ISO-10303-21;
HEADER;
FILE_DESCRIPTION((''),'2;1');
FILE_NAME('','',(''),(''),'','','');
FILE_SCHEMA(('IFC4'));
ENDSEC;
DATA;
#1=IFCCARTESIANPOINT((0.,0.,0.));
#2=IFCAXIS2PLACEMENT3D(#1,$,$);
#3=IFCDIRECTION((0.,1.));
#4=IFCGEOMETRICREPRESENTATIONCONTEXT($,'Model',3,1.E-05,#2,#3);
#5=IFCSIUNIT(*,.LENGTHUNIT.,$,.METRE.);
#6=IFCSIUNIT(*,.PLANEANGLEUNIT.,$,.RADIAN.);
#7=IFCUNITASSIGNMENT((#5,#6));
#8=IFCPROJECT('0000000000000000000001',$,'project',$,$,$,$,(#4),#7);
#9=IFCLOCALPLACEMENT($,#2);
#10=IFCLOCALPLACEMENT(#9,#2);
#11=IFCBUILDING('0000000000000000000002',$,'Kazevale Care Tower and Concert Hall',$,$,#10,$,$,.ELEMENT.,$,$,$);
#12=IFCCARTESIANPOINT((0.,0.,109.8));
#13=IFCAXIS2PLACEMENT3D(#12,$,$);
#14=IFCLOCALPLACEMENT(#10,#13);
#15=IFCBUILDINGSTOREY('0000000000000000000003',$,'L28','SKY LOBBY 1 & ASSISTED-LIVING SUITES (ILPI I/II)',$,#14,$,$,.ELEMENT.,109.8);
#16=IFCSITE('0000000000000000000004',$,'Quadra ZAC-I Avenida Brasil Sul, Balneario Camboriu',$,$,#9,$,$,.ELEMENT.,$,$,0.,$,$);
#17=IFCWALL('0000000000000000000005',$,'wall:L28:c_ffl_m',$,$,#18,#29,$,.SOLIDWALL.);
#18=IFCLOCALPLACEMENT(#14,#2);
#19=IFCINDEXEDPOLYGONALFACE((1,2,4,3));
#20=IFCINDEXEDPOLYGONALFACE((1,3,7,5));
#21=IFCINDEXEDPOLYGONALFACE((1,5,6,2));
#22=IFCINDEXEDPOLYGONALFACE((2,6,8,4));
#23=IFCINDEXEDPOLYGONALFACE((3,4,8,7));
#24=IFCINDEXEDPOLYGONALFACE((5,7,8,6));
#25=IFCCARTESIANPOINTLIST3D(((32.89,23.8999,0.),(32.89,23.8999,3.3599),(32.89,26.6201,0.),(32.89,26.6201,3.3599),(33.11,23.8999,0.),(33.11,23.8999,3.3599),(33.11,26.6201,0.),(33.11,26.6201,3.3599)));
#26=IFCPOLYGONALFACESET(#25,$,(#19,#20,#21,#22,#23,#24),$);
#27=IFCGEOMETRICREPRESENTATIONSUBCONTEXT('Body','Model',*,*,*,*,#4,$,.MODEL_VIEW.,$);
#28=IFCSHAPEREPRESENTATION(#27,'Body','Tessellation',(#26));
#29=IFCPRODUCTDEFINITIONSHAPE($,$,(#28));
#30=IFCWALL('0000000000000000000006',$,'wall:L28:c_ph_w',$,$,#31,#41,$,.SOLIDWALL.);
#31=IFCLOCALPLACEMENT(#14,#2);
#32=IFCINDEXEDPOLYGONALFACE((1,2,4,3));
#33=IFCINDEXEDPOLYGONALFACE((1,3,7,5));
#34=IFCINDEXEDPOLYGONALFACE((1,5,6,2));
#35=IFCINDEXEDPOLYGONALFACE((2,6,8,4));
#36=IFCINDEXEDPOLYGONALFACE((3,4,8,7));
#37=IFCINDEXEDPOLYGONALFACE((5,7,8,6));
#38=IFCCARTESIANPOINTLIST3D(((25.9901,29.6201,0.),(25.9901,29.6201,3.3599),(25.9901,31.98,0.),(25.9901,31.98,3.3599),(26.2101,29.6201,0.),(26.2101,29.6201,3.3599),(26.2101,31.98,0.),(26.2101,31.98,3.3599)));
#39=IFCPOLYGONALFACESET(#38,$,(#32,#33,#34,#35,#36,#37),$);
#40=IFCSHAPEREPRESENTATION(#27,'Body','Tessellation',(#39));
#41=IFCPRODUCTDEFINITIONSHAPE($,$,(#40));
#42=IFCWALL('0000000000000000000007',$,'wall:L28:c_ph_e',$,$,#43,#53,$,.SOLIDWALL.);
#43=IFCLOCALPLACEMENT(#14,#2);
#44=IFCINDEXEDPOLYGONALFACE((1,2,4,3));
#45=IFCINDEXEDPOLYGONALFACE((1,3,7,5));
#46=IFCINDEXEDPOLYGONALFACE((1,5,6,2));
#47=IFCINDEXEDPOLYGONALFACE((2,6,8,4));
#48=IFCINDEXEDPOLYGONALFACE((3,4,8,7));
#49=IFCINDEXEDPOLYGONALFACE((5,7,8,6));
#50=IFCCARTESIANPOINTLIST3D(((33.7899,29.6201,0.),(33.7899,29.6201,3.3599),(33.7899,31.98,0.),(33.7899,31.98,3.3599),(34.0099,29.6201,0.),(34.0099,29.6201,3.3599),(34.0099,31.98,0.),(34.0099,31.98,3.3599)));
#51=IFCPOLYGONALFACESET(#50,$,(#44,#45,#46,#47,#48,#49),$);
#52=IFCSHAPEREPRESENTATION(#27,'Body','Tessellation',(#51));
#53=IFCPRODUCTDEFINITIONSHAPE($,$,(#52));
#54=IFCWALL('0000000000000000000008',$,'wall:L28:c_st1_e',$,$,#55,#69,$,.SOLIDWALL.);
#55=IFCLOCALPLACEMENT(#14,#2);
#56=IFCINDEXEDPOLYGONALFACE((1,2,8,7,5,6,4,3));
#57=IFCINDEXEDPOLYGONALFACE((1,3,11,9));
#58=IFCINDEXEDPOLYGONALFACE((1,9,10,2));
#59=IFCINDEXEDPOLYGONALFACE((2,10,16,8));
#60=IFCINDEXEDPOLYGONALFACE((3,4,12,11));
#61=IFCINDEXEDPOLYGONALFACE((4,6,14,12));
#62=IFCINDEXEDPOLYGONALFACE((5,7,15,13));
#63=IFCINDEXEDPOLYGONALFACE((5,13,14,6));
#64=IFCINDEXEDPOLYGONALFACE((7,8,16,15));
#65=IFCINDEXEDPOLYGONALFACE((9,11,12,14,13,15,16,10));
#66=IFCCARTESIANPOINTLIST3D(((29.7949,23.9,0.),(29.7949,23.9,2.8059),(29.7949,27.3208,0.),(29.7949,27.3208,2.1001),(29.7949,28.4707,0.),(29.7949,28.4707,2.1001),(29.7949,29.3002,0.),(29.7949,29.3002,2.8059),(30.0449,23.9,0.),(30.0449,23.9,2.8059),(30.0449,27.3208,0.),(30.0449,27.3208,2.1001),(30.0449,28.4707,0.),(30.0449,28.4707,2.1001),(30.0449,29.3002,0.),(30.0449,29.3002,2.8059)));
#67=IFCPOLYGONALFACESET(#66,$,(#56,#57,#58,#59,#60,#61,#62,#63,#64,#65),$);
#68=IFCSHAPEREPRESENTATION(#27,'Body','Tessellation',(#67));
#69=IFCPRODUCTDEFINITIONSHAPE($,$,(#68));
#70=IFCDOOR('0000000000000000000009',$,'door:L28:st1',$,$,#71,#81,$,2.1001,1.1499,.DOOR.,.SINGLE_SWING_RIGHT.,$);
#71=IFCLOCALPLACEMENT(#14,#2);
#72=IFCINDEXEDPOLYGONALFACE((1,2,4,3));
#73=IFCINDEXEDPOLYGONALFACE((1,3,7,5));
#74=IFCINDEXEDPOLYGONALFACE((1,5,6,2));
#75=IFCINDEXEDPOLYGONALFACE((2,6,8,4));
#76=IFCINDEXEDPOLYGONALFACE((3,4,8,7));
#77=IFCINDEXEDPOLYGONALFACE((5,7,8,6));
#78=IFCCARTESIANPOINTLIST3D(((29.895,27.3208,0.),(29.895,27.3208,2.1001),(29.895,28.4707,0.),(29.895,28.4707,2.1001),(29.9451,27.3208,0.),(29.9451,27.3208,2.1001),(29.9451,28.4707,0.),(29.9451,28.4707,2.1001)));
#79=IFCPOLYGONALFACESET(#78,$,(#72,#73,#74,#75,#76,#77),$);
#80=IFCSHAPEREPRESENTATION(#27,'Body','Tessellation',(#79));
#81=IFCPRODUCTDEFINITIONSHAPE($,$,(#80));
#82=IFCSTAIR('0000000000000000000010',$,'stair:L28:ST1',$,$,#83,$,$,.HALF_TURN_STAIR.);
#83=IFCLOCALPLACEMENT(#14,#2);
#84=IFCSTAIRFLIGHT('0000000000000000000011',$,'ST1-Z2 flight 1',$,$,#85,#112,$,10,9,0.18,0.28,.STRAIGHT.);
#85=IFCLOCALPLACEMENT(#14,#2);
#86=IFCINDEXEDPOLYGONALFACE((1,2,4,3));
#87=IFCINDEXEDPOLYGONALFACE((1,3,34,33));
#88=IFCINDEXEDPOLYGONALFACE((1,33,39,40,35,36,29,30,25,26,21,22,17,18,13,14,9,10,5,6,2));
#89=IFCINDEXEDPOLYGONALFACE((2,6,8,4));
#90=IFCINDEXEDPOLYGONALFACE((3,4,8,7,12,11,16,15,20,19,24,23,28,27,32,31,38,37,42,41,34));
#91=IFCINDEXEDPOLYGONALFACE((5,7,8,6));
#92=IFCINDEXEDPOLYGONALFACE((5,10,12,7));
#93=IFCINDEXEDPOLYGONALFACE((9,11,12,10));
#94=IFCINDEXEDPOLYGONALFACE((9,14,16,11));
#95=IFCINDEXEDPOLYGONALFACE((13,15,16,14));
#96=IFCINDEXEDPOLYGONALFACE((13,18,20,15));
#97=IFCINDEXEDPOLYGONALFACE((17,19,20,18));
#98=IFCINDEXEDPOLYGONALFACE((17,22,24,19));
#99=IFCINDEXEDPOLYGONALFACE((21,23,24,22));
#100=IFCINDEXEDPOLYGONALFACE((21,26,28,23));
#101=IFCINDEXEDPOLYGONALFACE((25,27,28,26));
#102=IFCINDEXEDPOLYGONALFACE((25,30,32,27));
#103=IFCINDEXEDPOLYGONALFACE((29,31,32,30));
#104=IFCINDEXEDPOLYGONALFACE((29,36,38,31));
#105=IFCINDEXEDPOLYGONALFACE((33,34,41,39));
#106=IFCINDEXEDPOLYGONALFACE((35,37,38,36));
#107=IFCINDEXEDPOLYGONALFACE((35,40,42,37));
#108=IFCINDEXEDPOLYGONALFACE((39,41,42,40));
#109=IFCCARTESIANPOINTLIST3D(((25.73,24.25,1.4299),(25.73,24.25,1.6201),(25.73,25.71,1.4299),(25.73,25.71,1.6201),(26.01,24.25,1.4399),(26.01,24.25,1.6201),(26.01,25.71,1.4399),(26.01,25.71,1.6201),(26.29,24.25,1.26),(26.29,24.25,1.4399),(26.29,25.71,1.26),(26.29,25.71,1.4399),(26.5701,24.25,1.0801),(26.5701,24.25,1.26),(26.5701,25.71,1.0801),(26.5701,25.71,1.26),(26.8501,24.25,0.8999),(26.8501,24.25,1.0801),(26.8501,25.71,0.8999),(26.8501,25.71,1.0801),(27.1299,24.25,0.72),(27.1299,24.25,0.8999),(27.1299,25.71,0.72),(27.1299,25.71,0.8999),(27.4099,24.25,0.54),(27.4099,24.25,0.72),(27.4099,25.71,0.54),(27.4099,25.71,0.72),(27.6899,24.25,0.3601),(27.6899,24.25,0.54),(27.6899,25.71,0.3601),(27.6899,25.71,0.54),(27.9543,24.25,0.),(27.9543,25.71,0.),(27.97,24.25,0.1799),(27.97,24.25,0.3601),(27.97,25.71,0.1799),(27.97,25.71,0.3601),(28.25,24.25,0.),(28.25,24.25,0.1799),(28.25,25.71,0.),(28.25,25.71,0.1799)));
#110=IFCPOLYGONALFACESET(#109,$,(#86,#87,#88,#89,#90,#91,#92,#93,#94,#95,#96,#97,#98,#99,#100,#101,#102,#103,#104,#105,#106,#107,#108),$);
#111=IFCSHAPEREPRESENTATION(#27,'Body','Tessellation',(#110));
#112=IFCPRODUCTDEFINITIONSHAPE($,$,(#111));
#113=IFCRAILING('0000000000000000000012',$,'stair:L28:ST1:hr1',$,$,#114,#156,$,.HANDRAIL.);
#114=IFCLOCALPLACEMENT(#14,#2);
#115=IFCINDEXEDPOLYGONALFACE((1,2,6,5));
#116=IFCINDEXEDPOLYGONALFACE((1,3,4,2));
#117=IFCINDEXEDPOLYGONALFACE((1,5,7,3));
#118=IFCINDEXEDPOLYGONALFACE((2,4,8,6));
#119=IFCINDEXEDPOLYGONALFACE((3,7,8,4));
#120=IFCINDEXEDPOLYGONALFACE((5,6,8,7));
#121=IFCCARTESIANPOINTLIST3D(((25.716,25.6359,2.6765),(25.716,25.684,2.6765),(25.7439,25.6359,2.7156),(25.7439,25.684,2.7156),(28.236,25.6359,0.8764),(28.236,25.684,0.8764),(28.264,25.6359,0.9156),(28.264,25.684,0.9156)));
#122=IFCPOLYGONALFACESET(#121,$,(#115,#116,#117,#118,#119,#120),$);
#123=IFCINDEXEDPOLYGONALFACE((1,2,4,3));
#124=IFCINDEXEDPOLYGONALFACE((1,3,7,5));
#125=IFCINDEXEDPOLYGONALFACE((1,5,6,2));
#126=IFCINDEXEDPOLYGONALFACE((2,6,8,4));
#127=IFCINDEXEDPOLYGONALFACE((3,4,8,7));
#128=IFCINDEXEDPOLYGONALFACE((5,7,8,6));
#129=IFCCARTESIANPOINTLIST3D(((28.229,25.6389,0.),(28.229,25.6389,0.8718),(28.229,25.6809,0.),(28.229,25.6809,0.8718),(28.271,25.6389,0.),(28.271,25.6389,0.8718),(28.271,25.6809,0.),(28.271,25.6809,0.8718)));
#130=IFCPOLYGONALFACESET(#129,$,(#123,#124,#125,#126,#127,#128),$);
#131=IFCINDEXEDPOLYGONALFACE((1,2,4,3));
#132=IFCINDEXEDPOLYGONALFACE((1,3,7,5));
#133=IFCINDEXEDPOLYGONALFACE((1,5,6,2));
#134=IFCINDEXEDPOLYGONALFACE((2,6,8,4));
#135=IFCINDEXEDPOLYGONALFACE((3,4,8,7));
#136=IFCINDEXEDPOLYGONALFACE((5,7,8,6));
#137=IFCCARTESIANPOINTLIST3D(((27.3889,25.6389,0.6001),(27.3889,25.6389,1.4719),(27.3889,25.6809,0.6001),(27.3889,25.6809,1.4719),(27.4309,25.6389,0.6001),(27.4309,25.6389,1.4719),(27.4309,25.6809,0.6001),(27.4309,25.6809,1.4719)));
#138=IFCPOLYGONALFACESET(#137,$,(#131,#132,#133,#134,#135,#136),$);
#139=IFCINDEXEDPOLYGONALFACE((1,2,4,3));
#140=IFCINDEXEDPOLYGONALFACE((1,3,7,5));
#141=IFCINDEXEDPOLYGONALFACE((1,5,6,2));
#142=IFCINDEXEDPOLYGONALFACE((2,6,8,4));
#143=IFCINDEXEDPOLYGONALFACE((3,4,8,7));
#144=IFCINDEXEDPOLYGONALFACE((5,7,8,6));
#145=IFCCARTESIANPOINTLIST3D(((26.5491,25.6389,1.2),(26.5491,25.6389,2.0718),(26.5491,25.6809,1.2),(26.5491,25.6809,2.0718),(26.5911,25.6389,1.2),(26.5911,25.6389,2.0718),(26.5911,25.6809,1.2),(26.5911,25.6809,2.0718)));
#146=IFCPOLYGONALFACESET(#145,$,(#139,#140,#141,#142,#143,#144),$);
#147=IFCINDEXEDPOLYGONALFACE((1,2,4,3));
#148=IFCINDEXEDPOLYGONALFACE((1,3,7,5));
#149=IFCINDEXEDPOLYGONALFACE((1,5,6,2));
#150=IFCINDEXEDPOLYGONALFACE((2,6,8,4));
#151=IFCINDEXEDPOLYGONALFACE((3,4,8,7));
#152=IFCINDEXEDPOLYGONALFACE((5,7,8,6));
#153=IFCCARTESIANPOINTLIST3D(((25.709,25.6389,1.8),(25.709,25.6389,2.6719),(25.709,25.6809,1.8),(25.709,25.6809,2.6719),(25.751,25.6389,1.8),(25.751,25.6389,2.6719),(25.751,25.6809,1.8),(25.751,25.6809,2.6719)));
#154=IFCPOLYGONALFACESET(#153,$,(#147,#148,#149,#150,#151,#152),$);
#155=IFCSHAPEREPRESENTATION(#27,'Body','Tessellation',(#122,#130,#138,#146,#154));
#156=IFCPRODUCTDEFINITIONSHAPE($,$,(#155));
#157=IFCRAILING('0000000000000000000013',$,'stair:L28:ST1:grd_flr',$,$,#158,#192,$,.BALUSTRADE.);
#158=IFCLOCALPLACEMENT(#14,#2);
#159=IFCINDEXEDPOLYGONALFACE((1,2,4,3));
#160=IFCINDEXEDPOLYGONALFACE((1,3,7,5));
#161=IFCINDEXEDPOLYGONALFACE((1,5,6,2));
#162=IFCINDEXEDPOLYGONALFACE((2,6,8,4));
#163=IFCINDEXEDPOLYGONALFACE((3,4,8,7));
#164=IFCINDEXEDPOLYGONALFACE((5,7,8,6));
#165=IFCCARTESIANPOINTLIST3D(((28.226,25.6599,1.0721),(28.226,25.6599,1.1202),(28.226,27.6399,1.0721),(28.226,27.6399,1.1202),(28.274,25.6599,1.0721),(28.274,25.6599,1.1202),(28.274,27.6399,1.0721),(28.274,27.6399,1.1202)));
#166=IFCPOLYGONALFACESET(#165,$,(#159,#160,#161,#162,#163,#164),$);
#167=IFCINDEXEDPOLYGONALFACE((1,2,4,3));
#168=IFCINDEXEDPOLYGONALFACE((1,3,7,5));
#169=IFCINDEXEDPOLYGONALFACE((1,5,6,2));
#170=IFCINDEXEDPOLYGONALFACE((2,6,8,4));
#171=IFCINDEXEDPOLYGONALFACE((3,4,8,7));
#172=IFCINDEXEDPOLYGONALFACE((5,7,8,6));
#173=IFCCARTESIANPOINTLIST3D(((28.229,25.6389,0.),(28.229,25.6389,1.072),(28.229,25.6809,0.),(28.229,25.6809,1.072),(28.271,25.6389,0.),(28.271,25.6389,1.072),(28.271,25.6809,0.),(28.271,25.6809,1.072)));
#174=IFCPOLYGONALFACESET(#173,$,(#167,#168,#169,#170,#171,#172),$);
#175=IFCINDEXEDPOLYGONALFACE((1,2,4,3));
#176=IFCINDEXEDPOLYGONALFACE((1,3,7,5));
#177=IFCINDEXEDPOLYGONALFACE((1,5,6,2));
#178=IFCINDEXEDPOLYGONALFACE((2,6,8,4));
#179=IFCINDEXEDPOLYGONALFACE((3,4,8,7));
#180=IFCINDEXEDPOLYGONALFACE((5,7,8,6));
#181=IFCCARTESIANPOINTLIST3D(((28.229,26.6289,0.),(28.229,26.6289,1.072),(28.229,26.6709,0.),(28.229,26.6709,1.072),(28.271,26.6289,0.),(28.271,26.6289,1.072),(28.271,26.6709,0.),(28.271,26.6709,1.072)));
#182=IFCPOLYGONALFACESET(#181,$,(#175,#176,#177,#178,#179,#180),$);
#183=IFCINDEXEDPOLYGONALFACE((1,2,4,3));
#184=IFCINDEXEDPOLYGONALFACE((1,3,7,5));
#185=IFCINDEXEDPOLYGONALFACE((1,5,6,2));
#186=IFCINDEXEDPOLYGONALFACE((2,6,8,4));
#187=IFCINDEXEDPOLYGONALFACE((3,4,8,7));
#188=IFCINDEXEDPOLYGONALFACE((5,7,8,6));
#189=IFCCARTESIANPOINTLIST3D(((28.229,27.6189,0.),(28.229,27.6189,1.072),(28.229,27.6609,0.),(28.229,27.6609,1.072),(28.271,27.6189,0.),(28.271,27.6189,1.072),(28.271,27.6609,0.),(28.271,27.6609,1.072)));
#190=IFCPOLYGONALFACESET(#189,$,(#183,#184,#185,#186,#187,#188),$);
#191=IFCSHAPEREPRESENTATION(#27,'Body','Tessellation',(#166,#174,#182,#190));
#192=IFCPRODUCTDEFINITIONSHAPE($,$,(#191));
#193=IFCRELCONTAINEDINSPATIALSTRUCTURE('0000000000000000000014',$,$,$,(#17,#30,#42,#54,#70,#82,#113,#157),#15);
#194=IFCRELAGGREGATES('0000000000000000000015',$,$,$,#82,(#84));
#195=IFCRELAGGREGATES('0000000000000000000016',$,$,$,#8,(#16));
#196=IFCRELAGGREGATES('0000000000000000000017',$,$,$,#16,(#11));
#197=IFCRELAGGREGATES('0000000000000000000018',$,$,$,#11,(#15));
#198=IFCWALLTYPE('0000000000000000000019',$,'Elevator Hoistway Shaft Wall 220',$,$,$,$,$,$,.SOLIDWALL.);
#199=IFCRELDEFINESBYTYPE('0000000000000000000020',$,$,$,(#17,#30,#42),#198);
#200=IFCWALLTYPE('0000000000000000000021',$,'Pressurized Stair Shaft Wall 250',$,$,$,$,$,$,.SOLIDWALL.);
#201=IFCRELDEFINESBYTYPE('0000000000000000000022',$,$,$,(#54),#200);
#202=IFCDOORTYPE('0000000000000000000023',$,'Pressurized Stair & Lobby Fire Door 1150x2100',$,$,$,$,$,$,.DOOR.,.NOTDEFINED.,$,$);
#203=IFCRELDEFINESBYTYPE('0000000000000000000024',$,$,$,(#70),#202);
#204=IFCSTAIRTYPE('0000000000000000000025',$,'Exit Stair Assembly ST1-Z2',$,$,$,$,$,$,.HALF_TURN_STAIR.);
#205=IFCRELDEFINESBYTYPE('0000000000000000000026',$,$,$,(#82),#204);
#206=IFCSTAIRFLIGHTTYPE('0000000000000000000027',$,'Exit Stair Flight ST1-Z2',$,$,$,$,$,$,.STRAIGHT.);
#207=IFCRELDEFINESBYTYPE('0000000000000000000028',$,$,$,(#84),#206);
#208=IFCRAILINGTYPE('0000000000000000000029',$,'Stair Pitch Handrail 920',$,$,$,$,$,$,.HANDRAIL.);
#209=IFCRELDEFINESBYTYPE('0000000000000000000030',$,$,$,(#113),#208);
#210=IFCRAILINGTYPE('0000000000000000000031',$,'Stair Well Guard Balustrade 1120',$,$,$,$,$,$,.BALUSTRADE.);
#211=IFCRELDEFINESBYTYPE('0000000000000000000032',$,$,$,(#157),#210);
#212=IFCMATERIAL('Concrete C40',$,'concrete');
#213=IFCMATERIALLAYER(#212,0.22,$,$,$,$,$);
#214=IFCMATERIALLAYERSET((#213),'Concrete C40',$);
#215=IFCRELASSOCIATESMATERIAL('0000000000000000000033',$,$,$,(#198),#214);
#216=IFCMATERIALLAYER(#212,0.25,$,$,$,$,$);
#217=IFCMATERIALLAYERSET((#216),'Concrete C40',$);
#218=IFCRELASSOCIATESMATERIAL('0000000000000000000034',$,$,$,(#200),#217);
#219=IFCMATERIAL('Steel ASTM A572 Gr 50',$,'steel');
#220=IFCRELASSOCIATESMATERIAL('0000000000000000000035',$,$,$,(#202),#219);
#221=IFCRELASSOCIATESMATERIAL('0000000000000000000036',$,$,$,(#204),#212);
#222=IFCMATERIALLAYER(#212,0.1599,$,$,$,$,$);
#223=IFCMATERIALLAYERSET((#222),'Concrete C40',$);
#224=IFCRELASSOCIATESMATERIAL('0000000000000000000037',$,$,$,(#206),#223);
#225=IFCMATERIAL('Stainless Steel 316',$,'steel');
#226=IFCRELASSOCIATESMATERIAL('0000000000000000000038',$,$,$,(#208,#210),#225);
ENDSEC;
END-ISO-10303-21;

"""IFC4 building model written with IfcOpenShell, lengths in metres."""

from ifc_helpers import new_model, si_unit, direction, frame, frame_2d, origin, origin_2d, place, context, subcontext, project, spatial, polyline, rectangle, outline, extrude, material, layer, layer_set, type_object, element, fill, aggregate, save


model = new_model("IFC4")

# Units and contexts
model_context = context("Model", 3, precision=1e-05, world=origin(), true_north=direction((0.0, 1.0)))
body_context = subcontext(model_context, "Body", "Model", "MODEL_VIEW")
ifc_project = project(units=[si_unit("LENGTHUNIT", "METRE"), si_unit("PLANEANGLEUNIT", "RADIAN")], contexts=[model_context])

# Site, building, storey
site_placement = place(None, origin())
site = spatial("IfcSite", under=ifc_project, at=site_placement, Name="Quadra ZAC-I Avenida Brasil Sul, Balneario Camboriu", CompositionType="ELEMENT", RefElevation=0.0)
building_placement = place(site_placement, origin())
building = spatial("IfcBuilding", under=site, at=building_placement, Name="Kazevale Care Tower and Concert Hall", CompositionType="ELEMENT")
storey_placement = place(building_placement, frame((0.0, 0.0, 109.8)))
storey = spatial("IfcBuildingStorey", under=building, at=storey_placement, Name="L28", Description="SKY LOBBY 1 & ASSISTED-LIVING SUITES (ILPI I/II)", CompositionType="ELEMENT", Elevation=109.8)

# Shared definitions
ifc_material_1 = material(Name="Steel ASTM A572 Gr 50", Category="steel")

# Shared definitions
ifc_material_2 = material(Name="Concrete C40", Category="concrete")
ifc_layer_1 = layer(ifc_material_2, 0.22)
ifc_layer_set_1 = layer_set([ifc_layer_1], Name="Concrete C40")
wall_type_1 = type_object("IfcWallType", Name="Elevator Hoistway Shaft Wall 220", PredefinedType="SOLIDWALL", material=ifc_layer_set_1)
ifc_material_3 = material(Name="Stainless Steel 316", Category="steel")

# Walls
wall_1_placement = place(storey_placement, frame((33.0, 23.8999, 0.0), z_axis=(0.0, 0.0, 1.0), x_axis=(0.0, 1.0, 0.0)))
element("IfcWall", 1, at=wall_1_placement, inside=storey, type_object=wall_type_1, Name="wall:L28:c_ffl_m", PredefinedType="SOLIDWALL", context=body_context, shape_type="SweptSolid", body=[
    extrude(rectangle(XDim=2.7202, YDim=0.22, at=frame_2d((1.3601, 0.0))), origin(), (0.0, 0.0, 1.0), 3.3599),
])
for number, where, z_axis, x_axis, name in (
    (2, (26.1001, 29.6201, 0.0), (0.0, 0.0, 1.0), (0.0, 1.0, 0.0), "wall:L28:c_ph_w"),
    (3, (33.8999, 29.6201, 0.0), (0.0, 0.0, 1.0), (0.0, 1.0, 0.0), "wall:L28:c_ph_e"),
):
    element("IfcWall", number, at=place(storey_placement, frame(where, z_axis=z_axis, x_axis=x_axis)), inside=storey, type_object=wall_type_1, Name=name, PredefinedType="SOLIDWALL", context=body_context, shape_type="SweptSolid", body=[
        extrude(rectangle(XDim=2.3599, YDim=0.22, at=frame_2d((1.1799, 0.0))), origin(), (0.0, 0.0, 1.0), 3.3599),
    ])

# Wall, opening, door
ifc_layer_2 = layer(ifc_material_2, 0.25)
ifc_layer_set_2 = layer_set([ifc_layer_2], Name="Concrete C40")
wall_type_2 = type_object("IfcWallType", Name="Pressurized Stair Shaft Wall 250", PredefinedType="SOLIDWALL", material=ifc_layer_set_2)
wall_2_placement = place(storey_placement, frame((29.9199, 23.8999, 0.0), z_axis=(0.0, 0.0, 1.0), x_axis=(0.0, 1.0, 0.0)))
wall_2 = element("IfcWall", 4, at=wall_2_placement, inside=storey, type_object=wall_type_2, Name="wall:L28:c_st1_e", PredefinedType="SOLIDWALL", context=body_context, shape_type="SweptSolid", body=[
    extrude(rectangle(XDim=5.4001, YDim=0.25, at=frame_2d((2.7002, 0.0))), origin(), (0.0, 0.0, 1.0), 2.8059),
])
opening_1_placement = place(wall_2_placement, frame((3.4209, 0.0, 0.0)))
opening_1 = element("IfcOpeningElement", 5, at=opening_1_placement, cuts=wall_2, PredefinedType="OPENING", context=body_context, shape_type="SweptSolid", body=[
    extrude(rectangle(XDim=1.1499, YDim=2.1001, at=frame_2d((0.575, 1.05))), frame((0.0, 0.135, 0.0), z_axis=(0.0, -1.0, 0.0), x_axis=(1.0, 0.0, 0.0)), (0.0, 0.0, 1.0), 0.27),
])
door_type_1 = type_object("IfcDoorType", Name="Pressurized Stair & Lobby Fire Door 1150x2100", OperationType="NOTDEFINED", PredefinedType="DOOR", material=ifc_material_1)
door_1_placement = place(opening_1_placement, origin())
door_1 = element("IfcDoor", 6, at=door_1_placement, inside=storey, type_object=door_type_1, Name="door:L28:st1", OperationType="SINGLE_SWING_RIGHT", OverallHeight=2.1001, OverallWidth=1.1499, PredefinedType="DOOR", context=body_context, shape_type="SweptSolid", body=[
    extrude(rectangle(XDim=1.1499, YDim=2.1001, at=frame_2d((0.575, 1.05))), frame((0.0, 0.0249, 0.0), z_axis=(0.0, -1.0, 0.0), x_axis=(1.0, 0.0, 0.0)), (0.0, 0.0, 1.0), 0.05),
])
fill(opening_1, door_1)

# Stair, stair flight
stair_type = type_object("IfcStairType", Name="Exit Stair Assembly ST1-Z2", PredefinedType="HALF_TURN_STAIR", material=ifc_material_2)
stair_placement = place(storey_placement, origin())
stair = element("IfcStair", 7, at=stair_placement, inside=storey, type_object=stair_type, Name="stair:L28:ST1", PredefinedType="HALF_TURN_STAIR")
ifc_layer_3 = layer(ifc_material_2, 0.1599)
ifc_layer_set_3 = layer_set([ifc_layer_3], Name="Concrete C40")
stair_flight_type = type_object("IfcStairFlightType", Name="Exit Stair Flight ST1-Z2", PredefinedType="STRAIGHT", material=ifc_layer_set_3)
stair_flight_placement = place(storey_placement, frame((28.25, 24.98, 0.0), z_axis=(0.0, 0.0, 1.0), x_axis=(-1.0, 0.0, 0.0)))
stair_flight = element("IfcStairFlight", 8, at=stair_flight_placement, type_object=stair_flight_type, Name="ST1-Z2 flight 1", NumberOfRisers=10, NumberOfTreads=9, PredefinedType="STRAIGHT", RiserHeight=0.18, TreadLength=0.28, context=body_context, shape_type="SweptSolid", body=[
    extrude(outline(polyline([(0.0, 0.0), (0.0, 0.1799), (0.28, 0.1799), (0.28, 0.3601), (0.5601, 0.3601), (0.5601, 0.54), (0.8401, 0.54), (0.8401, 0.72), (1.1201, 0.72), (1.1201, 0.8999), (1.3999, 0.8999), (1.3999, 1.0801), (1.6799, 1.0801), (1.6799, 1.26), (1.96, 1.26), (1.96, 1.4399), (2.24, 1.4399), (2.24, 1.6201), (2.52, 1.6201), (2.52, 1.8), (2.52, 1.4299), (0.2957, 0.0), (0.0, 0.0)])), frame((0.0, 0.73, 0.0), z_axis=(0.0, -1.0, 0.0), x_axis=(1.0, 0.0, 0.0)), (0.0, 0.0, 1.0), 1.46),
])
aggregate(stair, [stair_flight])

# Railings
railing_type_1 = type_object("IfcRailingType", Name="Stair Pitch Handrail 920", PredefinedType="HANDRAIL", material=ifc_material_3)
railing_1_placement = place(storey_placement, frame((28.25, 25.6599, 0.0)))
element("IfcRailing", 9, at=railing_1_placement, inside=storey, type_object=railing_type_1, Name="stair:L28:ST1:hr1", PredefinedType="HANDRAIL", context=body_context, shape_type="SweptSolid", body=[
    extrude(rectangle(XDim=0.0481, YDim=0.0481, at=origin_2d()), frame((0.0, 0.0, 0.896), z_axis=(-0.813728, 0.0, 0.581246), x_axis=(0.0, -1.0, 0.0)), (0.0, 0.0, 1.0), 3.0969),
    extrude(rectangle(XDim=0.042, YDim=0.042, at=origin_2d()), origin(), (0.0, 0.0, 1.0), 0.8718),
    extrude(rectangle(XDim=0.042, YDim=0.042, at=origin_2d()), frame((-0.8401, 0.0, 0.6001)), (0.0, 0.0, 1.0), 0.8718),
    extrude(rectangle(XDim=0.042, YDim=0.042, at=origin_2d()), frame((-1.6799, 0.0, 1.2)), (0.0, 0.0, 1.0), 0.8718),
    extrude(rectangle(XDim=0.042, YDim=0.042, at=origin_2d()), frame((-2.52, 0.0, 1.8)), (0.0, 0.0, 1.0), 0.8718),
])
railing_type_2 = type_object("IfcRailingType", Name="Stair Well Guard Balustrade 1120", PredefinedType="BALUSTRADE", material=ifc_material_3)
railing_2_placement = place(storey_placement, frame((28.25, 25.6599, 0.0)))
element("IfcRailing", 10, at=railing_2_placement, inside=storey, type_object=railing_type_2, Name="stair:L28:ST1:grd_flr", PredefinedType="BALUSTRADE", context=body_context, shape_type="SweptSolid", body=[
    extrude(rectangle(XDim=0.0481, YDim=0.0481, at=origin_2d()), frame((0.0, 0.0, 1.0962), z_axis=(0.0, 1.0, 0.0), x_axis=(-1.0, 0.0, 0.0)), (0.0, 0.0, 1.0), 1.98),
    extrude(rectangle(XDim=0.042, YDim=0.042, at=origin_2d()), origin(), (0.0, 0.0, 1.0), 1.072),
    extrude(rectangle(XDim=0.042, YDim=0.042, at=origin_2d()), frame((0.0, 0.99, 0.0)), (0.0, 0.0, 1.0), 1.072),
    extrude(rectangle(XDim=0.042, YDim=0.042, at=origin_2d()), frame((0.0, 1.98, 0.0)), (0.0, 0.0, 1.0), 1.072),
])

save(model, "model.ifc")
